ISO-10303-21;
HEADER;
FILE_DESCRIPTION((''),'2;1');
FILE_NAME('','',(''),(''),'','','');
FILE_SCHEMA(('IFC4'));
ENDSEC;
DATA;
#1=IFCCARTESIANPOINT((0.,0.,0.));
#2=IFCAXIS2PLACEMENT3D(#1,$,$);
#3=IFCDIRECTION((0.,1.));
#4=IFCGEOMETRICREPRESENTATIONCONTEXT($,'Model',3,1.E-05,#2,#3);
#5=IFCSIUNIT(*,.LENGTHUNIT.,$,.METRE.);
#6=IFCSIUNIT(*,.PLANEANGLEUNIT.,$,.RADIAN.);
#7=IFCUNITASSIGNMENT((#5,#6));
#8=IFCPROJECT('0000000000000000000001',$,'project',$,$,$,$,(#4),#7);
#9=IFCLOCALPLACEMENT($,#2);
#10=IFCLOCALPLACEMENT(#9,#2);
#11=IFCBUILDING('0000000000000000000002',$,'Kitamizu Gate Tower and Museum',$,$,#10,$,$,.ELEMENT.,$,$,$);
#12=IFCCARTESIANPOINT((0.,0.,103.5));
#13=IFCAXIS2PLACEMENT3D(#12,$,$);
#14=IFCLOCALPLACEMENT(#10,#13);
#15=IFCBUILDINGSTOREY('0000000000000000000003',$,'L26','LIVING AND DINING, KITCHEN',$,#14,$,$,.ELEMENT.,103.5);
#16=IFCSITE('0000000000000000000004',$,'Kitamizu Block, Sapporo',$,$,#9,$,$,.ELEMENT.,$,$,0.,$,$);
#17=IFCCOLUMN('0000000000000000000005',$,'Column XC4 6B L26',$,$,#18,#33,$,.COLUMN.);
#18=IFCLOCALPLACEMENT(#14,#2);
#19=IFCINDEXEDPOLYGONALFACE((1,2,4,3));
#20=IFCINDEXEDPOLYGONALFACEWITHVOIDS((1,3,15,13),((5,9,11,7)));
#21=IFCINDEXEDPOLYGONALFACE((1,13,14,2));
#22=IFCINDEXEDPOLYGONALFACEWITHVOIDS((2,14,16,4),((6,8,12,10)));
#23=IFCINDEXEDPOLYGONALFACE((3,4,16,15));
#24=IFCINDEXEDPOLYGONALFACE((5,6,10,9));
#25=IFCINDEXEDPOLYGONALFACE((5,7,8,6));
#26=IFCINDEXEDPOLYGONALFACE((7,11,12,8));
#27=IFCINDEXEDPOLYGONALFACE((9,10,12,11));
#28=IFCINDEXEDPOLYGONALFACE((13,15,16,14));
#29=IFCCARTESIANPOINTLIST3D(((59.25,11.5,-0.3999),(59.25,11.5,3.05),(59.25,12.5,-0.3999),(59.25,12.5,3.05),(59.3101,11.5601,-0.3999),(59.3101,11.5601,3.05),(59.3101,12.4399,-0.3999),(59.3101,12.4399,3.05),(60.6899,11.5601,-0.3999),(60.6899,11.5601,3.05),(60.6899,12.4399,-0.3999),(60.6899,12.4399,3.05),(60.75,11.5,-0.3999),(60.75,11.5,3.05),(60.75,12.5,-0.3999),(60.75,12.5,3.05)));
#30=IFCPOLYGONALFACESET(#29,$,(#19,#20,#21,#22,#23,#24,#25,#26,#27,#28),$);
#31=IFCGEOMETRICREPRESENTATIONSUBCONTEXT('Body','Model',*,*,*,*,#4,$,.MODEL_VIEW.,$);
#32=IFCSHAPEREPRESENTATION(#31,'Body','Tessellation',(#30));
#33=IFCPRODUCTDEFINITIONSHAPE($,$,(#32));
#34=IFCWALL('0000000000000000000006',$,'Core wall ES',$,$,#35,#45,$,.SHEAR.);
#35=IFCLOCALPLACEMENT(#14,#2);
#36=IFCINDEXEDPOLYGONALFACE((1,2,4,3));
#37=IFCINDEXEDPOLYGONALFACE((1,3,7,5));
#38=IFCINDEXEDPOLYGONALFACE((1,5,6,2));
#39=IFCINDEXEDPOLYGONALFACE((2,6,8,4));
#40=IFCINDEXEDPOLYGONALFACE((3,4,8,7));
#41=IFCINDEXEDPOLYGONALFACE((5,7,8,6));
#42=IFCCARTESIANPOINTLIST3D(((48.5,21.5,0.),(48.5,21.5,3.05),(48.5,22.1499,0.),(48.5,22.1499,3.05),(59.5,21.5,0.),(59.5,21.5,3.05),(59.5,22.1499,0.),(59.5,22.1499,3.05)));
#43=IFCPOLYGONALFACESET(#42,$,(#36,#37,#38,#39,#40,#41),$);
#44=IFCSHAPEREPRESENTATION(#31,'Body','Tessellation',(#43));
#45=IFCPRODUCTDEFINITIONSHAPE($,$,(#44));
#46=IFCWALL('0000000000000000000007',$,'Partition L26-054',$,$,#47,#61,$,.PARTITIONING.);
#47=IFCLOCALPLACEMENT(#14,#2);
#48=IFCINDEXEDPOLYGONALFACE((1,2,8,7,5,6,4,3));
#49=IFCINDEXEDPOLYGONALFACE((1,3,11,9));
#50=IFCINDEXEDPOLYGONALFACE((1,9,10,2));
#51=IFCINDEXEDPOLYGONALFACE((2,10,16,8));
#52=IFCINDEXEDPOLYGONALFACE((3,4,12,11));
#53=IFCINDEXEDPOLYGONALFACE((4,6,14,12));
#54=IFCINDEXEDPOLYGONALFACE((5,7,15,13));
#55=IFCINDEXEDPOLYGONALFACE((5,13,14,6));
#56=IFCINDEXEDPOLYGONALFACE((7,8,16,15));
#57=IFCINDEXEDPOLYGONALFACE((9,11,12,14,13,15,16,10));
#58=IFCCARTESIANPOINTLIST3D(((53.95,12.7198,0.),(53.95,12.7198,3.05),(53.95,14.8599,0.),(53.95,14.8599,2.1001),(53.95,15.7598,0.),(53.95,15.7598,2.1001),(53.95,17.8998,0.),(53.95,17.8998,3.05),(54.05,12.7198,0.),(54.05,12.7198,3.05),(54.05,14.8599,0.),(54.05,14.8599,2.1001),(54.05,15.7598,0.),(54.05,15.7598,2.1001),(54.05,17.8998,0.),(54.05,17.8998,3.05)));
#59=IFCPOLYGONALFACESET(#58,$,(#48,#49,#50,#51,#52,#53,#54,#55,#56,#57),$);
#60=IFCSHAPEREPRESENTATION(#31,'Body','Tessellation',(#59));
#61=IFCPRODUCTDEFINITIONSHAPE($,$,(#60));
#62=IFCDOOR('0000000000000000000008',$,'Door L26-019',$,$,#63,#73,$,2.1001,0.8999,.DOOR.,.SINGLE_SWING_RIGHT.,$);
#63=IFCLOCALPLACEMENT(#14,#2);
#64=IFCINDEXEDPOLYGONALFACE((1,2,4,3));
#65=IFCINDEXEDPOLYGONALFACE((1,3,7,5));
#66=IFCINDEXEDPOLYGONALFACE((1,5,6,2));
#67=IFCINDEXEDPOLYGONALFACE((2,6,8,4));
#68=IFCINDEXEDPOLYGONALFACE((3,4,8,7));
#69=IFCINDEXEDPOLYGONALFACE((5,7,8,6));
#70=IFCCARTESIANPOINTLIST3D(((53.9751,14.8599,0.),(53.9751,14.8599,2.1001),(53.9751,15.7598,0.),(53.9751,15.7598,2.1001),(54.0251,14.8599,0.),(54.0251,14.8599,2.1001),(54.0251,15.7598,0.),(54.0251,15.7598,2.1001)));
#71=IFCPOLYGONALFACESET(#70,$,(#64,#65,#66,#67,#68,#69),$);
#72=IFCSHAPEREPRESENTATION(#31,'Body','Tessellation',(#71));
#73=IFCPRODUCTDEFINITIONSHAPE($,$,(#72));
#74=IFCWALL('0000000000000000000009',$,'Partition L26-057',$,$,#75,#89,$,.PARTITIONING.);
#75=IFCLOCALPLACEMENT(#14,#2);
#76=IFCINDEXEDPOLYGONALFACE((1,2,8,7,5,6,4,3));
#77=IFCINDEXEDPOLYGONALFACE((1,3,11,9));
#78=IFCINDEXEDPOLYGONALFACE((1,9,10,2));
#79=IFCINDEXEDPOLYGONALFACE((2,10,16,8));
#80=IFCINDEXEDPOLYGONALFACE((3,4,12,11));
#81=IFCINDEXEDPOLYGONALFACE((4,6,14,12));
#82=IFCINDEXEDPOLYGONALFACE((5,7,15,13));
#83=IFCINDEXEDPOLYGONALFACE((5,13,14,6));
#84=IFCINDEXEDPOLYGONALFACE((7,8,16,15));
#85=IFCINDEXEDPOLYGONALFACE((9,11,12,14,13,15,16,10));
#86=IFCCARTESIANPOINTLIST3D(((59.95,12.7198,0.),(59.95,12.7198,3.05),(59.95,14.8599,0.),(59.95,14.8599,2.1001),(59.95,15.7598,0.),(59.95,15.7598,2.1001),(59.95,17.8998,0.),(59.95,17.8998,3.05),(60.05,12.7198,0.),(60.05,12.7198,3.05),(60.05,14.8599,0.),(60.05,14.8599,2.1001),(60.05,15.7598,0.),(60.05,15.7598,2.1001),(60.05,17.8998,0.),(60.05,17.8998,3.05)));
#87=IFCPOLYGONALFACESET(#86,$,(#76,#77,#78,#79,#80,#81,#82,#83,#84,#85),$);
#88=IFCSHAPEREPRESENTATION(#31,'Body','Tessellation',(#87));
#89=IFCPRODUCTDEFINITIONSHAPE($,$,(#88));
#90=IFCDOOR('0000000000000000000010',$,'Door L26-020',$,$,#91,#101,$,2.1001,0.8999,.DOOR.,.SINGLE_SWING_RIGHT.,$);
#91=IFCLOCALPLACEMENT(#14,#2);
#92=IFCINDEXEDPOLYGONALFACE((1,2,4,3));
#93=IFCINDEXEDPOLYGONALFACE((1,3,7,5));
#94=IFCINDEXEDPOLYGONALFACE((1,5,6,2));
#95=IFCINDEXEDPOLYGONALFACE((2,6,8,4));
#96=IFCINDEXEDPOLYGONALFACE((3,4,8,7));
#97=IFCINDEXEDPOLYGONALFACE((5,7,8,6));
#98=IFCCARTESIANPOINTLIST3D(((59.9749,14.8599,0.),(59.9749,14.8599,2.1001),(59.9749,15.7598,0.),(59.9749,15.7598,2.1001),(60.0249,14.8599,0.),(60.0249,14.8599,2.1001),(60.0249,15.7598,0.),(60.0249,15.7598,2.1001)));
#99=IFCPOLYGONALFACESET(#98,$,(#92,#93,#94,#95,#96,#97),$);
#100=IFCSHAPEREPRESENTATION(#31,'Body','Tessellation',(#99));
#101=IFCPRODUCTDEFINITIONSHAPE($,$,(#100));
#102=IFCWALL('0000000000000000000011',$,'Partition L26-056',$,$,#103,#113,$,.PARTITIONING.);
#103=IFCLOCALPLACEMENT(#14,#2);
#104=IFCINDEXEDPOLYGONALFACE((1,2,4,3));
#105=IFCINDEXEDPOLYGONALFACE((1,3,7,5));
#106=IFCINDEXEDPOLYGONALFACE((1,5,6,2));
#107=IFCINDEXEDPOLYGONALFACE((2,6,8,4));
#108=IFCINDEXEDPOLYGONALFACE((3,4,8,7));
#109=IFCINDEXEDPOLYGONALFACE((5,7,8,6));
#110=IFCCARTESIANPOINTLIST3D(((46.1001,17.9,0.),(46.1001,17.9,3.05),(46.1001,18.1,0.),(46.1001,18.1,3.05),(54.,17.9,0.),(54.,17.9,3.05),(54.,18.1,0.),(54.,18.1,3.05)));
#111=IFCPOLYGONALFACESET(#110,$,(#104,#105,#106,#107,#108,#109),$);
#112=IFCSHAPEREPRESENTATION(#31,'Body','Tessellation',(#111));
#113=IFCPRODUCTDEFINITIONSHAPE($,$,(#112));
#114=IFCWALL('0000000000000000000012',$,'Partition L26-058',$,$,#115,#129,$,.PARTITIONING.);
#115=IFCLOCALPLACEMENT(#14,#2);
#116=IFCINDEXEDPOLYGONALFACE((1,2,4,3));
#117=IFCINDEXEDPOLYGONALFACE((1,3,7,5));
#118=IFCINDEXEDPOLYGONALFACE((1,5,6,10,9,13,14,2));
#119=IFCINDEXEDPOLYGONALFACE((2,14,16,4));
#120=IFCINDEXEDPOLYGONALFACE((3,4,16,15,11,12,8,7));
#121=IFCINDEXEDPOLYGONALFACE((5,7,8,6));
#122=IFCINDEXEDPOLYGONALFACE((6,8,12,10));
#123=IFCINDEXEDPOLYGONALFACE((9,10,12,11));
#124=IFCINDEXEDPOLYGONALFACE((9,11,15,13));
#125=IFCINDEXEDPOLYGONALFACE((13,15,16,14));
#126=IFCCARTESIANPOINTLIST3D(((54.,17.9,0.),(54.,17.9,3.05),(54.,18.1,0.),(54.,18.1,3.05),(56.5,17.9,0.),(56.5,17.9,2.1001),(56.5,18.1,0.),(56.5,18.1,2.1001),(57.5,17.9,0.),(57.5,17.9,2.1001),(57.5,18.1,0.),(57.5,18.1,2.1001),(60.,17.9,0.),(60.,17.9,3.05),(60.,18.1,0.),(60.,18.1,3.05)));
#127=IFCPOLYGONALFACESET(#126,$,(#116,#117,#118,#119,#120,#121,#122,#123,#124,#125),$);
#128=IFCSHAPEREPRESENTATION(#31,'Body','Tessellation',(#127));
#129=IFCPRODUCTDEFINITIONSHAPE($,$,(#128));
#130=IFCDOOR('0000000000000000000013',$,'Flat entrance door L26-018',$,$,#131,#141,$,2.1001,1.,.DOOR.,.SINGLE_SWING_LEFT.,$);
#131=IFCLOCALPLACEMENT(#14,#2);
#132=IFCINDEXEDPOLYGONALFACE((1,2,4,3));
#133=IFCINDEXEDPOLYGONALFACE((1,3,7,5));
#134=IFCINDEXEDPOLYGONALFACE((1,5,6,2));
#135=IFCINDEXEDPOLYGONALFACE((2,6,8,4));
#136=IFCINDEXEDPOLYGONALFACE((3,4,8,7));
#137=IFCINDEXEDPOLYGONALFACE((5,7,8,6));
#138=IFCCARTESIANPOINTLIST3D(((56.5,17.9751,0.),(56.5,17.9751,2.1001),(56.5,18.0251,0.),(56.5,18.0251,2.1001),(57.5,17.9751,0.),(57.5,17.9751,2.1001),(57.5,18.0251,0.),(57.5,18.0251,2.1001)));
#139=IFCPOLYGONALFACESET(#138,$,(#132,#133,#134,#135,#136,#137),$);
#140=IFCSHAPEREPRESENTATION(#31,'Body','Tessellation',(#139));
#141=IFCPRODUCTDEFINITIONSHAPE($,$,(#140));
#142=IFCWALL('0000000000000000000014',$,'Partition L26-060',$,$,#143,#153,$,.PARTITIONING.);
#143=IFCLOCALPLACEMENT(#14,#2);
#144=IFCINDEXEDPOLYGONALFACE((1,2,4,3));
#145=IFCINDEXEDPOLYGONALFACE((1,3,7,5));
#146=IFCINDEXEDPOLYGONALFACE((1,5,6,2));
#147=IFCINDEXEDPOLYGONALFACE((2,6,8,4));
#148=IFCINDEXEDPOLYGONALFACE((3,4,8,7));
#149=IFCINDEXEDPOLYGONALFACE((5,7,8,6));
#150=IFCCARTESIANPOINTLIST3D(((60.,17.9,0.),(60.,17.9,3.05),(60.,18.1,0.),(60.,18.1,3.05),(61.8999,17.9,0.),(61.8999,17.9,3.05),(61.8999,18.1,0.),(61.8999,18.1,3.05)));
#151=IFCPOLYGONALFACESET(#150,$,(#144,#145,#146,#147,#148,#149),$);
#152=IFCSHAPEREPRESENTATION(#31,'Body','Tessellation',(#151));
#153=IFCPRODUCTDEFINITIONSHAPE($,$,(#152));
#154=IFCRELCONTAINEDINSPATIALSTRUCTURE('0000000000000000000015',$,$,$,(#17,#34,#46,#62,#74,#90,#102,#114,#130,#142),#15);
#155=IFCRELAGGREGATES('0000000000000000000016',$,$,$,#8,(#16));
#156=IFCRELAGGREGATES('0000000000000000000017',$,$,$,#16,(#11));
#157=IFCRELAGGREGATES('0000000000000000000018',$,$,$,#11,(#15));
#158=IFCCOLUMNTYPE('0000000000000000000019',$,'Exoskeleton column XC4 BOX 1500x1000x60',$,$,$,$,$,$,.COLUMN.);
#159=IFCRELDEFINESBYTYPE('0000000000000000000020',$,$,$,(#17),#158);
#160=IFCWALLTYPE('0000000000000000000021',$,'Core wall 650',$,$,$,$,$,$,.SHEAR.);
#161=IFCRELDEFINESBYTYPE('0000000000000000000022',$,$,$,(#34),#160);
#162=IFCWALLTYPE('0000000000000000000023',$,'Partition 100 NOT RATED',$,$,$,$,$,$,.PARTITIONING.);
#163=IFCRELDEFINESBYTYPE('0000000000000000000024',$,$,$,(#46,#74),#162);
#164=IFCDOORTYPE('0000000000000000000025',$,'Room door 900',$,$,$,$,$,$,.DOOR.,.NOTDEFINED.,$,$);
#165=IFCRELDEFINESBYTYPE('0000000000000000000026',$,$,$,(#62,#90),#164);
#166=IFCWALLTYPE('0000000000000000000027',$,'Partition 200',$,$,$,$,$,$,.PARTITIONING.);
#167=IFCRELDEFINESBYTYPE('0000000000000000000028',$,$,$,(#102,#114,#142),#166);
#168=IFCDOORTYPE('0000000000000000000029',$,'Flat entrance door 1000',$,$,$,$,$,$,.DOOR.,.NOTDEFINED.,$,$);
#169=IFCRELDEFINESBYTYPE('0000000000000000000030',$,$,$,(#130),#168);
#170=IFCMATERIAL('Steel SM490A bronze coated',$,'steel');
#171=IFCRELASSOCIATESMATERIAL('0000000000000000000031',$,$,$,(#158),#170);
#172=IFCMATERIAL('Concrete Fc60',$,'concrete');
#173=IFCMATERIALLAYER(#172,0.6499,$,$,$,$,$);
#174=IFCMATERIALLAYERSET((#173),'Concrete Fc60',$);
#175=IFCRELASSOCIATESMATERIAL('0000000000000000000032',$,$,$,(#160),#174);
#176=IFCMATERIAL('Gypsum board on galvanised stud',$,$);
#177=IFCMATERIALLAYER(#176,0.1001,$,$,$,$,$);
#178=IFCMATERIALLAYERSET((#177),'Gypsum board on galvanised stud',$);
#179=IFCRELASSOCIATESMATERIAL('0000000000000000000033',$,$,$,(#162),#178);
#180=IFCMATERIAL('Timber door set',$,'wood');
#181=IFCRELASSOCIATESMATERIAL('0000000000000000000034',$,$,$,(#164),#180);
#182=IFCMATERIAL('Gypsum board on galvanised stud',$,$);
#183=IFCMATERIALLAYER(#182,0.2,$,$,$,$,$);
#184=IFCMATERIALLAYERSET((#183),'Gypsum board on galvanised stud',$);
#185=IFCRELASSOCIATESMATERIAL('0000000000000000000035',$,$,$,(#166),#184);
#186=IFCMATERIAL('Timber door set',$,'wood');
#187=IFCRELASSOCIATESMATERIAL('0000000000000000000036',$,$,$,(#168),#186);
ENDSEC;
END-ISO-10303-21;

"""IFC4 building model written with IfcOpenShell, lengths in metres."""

from ifc_helpers import new_model, si_unit, direction, frame, frame_2d, origin, origin_2d, place, context, subcontext, project, spatial, rectangle, hollow_rectangle, extrude, material, layer, layer_set, material_profile, profile_set, type_object, element, fill, save


model = new_model("IFC4")

# Units and contexts
model_context = context("Model", 3, precision=1e-05, world=origin(), true_north=direction((0.0, 1.0)))
body_context = subcontext(model_context, "Body", "Model", "MODEL_VIEW")
ifc_project = project(units=[si_unit("LENGTHUNIT", "METRE"), si_unit("PLANEANGLEUNIT", "RADIAN")], contexts=[model_context])

# Site, building, storey
site_placement = place(None, origin())
site = spatial("IfcSite", under=ifc_project, at=site_placement, Name="Kitamizu Block, Sapporo", CompositionType="ELEMENT", RefElevation=0.0)
building_placement = place(site_placement, origin())
building = spatial("IfcBuilding", under=site, at=building_placement, Name="Kitamizu Gate Tower and Museum", CompositionType="ELEMENT")
storey_placement = place(building_placement, frame((0.0, 0.0, 103.5)))
storey = spatial("IfcBuildingStorey", under=building, at=storey_placement, Name="L26", Description="LIVING AND DINING, KITCHEN", CompositionType="ELEMENT", Elevation=103.5)

# Column
ifc_material_1 = material(Name="Steel SM490A bronze coated", Category="steel")
ifc_material_profile = material_profile(ifc_material_1, hollow_rectangle(XDim=1.5, YDim=1.0, WallThickness=0.0601, at=origin_2d()), Name="BOX 1500x1000x60")
ifc_profile_set = profile_set([ifc_material_profile], Name="Steel SM490A bronze coated")
column_type = type_object("IfcColumnType", Name="Exoskeleton column XC4 BOX 1500x1000x60", PredefinedType="COLUMN", material=ifc_profile_set)
column_placement = place(storey_placement, frame((60.0, 12.0, -0.3999), z_axis=(0.0, 0.0, 1.0), x_axis=(1.0, 0.0, 0.0)))
element("IfcColumn", 1, at=column_placement, inside=storey, type_object=column_type, Name="Column XC4 6B L26", PredefinedType="COLUMN", context=body_context, shape_type="SweptSolid", body=[
    extrude(hollow_rectangle(XDim=1.5, YDim=1.0, WallThickness=0.0601, at=origin_2d()), origin(), (0.0, 0.0, 1.0), 3.45),
])

# Wall
ifc_material_2 = material(Name="Concrete Fc60", Category="concrete")
ifc_layer_1 = layer(ifc_material_2, 0.6499)
ifc_layer_set_1 = layer_set([ifc_layer_1], Name="Concrete Fc60")
wall_type_1 = type_object("IfcWallType", Name="Core wall 650", PredefinedType="SHEAR", material=ifc_layer_set_1)
wall_1_placement = place(storey_placement, frame((59.5, 21.825, 0.0), z_axis=(0.0, 0.0, 1.0), x_axis=(-1.0, 0.0, 0.0)))
element("IfcWall", 2, at=wall_1_placement, inside=storey, type_object=wall_type_1, Name="Core wall ES", PredefinedType="SHEAR", context=body_context, shape_type="SweptSolid", body=[
    extrude(rectangle(XDim=11.0, YDim=0.6499, at=frame_2d((5.5, 0.0))), origin(), (0.0, 0.0, 1.0), 3.05),
])

# Walls, openings, doors
ifc_material_3 = material(Name="Gypsum board on galvanised stud")
ifc_layer_2 = layer(ifc_material_3, 0.1001)
ifc_layer_set_2 = layer_set([ifc_layer_2], Name="Gypsum board on galvanised stud")
wall_type_2 = type_object("IfcWallType", Name="Partition 100 NOT RATED", PredefinedType="PARTITIONING", material=ifc_layer_set_2)
wall_2_placement = place(storey_placement, frame((54.0, 12.72, 0.0), z_axis=(0.0, 0.0, 1.0), x_axis=(0.0, 1.0, 0.0)))
wall_2 = element("IfcWall", 3, at=wall_2_placement, inside=storey, type_object=wall_type_2, Name="Partition L26-054", PredefinedType="PARTITIONING", context=body_context, shape_type="SweptSolid", body=[
    extrude(rectangle(XDim=5.1799, YDim=0.1001, at=frame_2d((2.5898, 0.0))), origin(), (0.0, 0.0, 1.0), 3.05),
])
opening_1_placement = place(wall_2_placement, frame((2.1399, 0.0, 0.0)))
opening_1 = element("IfcOpeningElement", 4, at=opening_1_placement, cuts=wall_2, PredefinedType="OPENING", context=body_context, shape_type="SweptSolid", body=[
    extrude(rectangle(XDim=0.8999, YDim=2.1001, at=frame_2d((0.45, 1.05))), frame((0.0, 0.0601, 0.0), z_axis=(0.0, -1.0, 0.0), x_axis=(1.0, 0.0, 0.0)), (0.0, 0.0, 1.0), 0.1201),
])
ifc_material_4 = material(Name="Timber door set", Category="wood")
door_type_1 = type_object("IfcDoorType", Name="Room door 900", OperationType="NOTDEFINED", PredefinedType="DOOR", material=ifc_material_4)
door_1_placement = place(opening_1_placement, origin())
door_1 = element("IfcDoor", 5, at=door_1_placement, inside=storey, type_object=door_type_1, Name="Door L26-019", OperationType="SINGLE_SWING_RIGHT", OverallHeight=2.1001, OverallWidth=0.8999, PredefinedType="DOOR", context=body_context, shape_type="SweptSolid", body=[
    extrude(rectangle(XDim=0.8999, YDim=2.1001, at=frame_2d((0.45, 1.05))), frame((0.0, 0.0249, 0.0), z_axis=(0.0, -1.0, 0.0), x_axis=(1.0, 0.0, 0.0)), (0.0, 0.0, 1.0), 0.05),
])
fill(opening_1, door_1)
wall_3_placement = place(storey_placement, frame((60.0, 12.72, 0.0), z_axis=(0.0, 0.0, 1.0), x_axis=(0.0, 1.0, 0.0)))
wall_3 = element("IfcWall", 6, at=wall_3_placement, inside=storey, type_object=wall_type_2, Name="Partition L26-057", PredefinedType="PARTITIONING", context=body_context, shape_type="SweptSolid", body=[
    extrude(rectangle(XDim=5.1799, YDim=0.1001, at=frame_2d((2.5898, 0.0))), origin(), (0.0, 0.0, 1.0), 3.05),
])
opening_2_placement = place(wall_3_placement, frame((2.1399, 0.0, 0.0)))
opening_2 = element("IfcOpeningElement", 7, at=opening_2_placement, cuts=wall_3, PredefinedType="OPENING", context=body_context, shape_type="SweptSolid", body=[
    extrude(rectangle(XDim=0.8999, YDim=2.1001, at=frame_2d((0.45, 1.05))), frame((0.0, 0.0601, 0.0), z_axis=(0.0, -1.0, 0.0), x_axis=(1.0, 0.0, 0.0)), (0.0, 0.0, 1.0), 0.1201),
])
door_2_placement = place(opening_2_placement, frame((0.8999, 0.0, 0.0), x_axis=(-1.0, 0.0, 0.0)))
door_2 = element("IfcDoor", 8, at=door_2_placement, inside=storey, type_object=door_type_1, Name="Door L26-020", OperationType="SINGLE_SWING_RIGHT", OverallHeight=2.1001, OverallWidth=0.8999, PredefinedType="DOOR", context=body_context, shape_type="SweptSolid", body=[
    extrude(rectangle(XDim=0.8999, YDim=2.1001, at=frame_2d((0.45, 1.05))), frame((0.0, 0.0249, 0.0), z_axis=(0.0, -1.0, 0.0), x_axis=(1.0, 0.0, 0.0)), (0.0, 0.0, 1.0), 0.05),
])
fill(opening_2, door_2)

# Wall
ifc_material_5 = material(Name="Gypsum board on galvanised stud")
ifc_layer_3 = layer(ifc_material_5, 0.2)
ifc_layer_set_3 = layer_set([ifc_layer_3], Name="Gypsum board on galvanised stud")
wall_type_3 = type_object("IfcWallType", Name="Partition 200", PredefinedType="PARTITIONING", material=ifc_layer_set_3)
wall_4_placement = place(storey_placement, frame((54.0, 18.0, 0.0), z_axis=(0.0, 0.0, 1.0), x_axis=(-1.0, 0.0, 0.0)))
element("IfcWall", 9, at=wall_4_placement, inside=storey, type_object=wall_type_3, Name="Partition L26-056", PredefinedType="PARTITIONING", context=body_context, shape_type="SweptSolid", body=[
    extrude(rectangle(XDim=7.8999, YDim=0.2, at=frame_2d((3.95, 0.0))), origin(), (0.0, 0.0, 1.0), 3.05),
])

# Wall, opening, door
wall_5_placement = place(storey_placement, frame((60.0, 18.0, 0.0), z_axis=(0.0, 0.0, 1.0), x_axis=(-1.0, 0.0, 0.0)))
wall_5 = element("IfcWall", 10, at=wall_5_placement, inside=storey, type_object=wall_type_3, Name="Partition L26-058", PredefinedType="PARTITIONING", context=body_context, shape_type="SweptSolid", body=[
    extrude(rectangle(XDim=6.0, YDim=0.2, at=frame_2d((3.0, 0.0))), origin(), (0.0, 0.0, 1.0), 3.05),
])
opening_3_placement = place(wall_5_placement, frame((2.5, 0.0, 0.0)))
opening_3 = element("IfcOpeningElement", 11, at=opening_3_placement, cuts=wall_5, PredefinedType="OPENING", context=body_context, shape_type="SweptSolid", body=[
    extrude(rectangle(XDim=1.0, YDim=2.1001, at=frame_2d((0.5, 1.05))), frame((0.0, 0.1099, 0.0), z_axis=(0.0, -1.0, 0.0), x_axis=(1.0, 0.0, 0.0)), (0.0, 0.0, 1.0), 0.22),
])
ifc_material_6 = material(Name="Timber door set", Category="wood")
door_type_2 = type_object("IfcDoorType", Name="Flat entrance door 1000", OperationType="NOTDEFINED", PredefinedType="DOOR", material=ifc_material_6)
door_3_placement = place(opening_3_placement, origin())
door_3 = element("IfcDoor", 12, at=door_3_placement, inside=storey, type_object=door_type_2, Name="Flat entrance door L26-018", OperationType="SINGLE_SWING_LEFT", OverallHeight=2.1001, OverallWidth=1.0, PredefinedType="DOOR", context=body_context, shape_type="SweptSolid", body=[
    extrude(rectangle(XDim=1.0, YDim=2.1001, at=frame_2d((0.5, 1.05))), frame((0.0, 0.0249, 0.0), z_axis=(0.0, -1.0, 0.0), x_axis=(1.0, 0.0, 0.0)), (0.0, 0.0, 1.0), 0.05),
])
fill(opening_3, door_3)

# Wall
wall_6_placement = place(storey_placement, frame((61.8999, 18.0, 0.0), z_axis=(0.0, 0.0, 1.0), x_axis=(-1.0, 0.0, 0.0)))
element("IfcWall", 13, at=wall_6_placement, inside=storey, type_object=wall_type_3, Name="Partition L26-060", PredefinedType="PARTITIONING", context=body_context, shape_type="SweptSolid", body=[
    extrude(rectangle(XDim=1.8999, YDim=0.2, at=frame_2d((0.95, 0.0))), origin(), (0.0, 0.0, 1.0), 3.05),
])

save(model, "model.ifc")
